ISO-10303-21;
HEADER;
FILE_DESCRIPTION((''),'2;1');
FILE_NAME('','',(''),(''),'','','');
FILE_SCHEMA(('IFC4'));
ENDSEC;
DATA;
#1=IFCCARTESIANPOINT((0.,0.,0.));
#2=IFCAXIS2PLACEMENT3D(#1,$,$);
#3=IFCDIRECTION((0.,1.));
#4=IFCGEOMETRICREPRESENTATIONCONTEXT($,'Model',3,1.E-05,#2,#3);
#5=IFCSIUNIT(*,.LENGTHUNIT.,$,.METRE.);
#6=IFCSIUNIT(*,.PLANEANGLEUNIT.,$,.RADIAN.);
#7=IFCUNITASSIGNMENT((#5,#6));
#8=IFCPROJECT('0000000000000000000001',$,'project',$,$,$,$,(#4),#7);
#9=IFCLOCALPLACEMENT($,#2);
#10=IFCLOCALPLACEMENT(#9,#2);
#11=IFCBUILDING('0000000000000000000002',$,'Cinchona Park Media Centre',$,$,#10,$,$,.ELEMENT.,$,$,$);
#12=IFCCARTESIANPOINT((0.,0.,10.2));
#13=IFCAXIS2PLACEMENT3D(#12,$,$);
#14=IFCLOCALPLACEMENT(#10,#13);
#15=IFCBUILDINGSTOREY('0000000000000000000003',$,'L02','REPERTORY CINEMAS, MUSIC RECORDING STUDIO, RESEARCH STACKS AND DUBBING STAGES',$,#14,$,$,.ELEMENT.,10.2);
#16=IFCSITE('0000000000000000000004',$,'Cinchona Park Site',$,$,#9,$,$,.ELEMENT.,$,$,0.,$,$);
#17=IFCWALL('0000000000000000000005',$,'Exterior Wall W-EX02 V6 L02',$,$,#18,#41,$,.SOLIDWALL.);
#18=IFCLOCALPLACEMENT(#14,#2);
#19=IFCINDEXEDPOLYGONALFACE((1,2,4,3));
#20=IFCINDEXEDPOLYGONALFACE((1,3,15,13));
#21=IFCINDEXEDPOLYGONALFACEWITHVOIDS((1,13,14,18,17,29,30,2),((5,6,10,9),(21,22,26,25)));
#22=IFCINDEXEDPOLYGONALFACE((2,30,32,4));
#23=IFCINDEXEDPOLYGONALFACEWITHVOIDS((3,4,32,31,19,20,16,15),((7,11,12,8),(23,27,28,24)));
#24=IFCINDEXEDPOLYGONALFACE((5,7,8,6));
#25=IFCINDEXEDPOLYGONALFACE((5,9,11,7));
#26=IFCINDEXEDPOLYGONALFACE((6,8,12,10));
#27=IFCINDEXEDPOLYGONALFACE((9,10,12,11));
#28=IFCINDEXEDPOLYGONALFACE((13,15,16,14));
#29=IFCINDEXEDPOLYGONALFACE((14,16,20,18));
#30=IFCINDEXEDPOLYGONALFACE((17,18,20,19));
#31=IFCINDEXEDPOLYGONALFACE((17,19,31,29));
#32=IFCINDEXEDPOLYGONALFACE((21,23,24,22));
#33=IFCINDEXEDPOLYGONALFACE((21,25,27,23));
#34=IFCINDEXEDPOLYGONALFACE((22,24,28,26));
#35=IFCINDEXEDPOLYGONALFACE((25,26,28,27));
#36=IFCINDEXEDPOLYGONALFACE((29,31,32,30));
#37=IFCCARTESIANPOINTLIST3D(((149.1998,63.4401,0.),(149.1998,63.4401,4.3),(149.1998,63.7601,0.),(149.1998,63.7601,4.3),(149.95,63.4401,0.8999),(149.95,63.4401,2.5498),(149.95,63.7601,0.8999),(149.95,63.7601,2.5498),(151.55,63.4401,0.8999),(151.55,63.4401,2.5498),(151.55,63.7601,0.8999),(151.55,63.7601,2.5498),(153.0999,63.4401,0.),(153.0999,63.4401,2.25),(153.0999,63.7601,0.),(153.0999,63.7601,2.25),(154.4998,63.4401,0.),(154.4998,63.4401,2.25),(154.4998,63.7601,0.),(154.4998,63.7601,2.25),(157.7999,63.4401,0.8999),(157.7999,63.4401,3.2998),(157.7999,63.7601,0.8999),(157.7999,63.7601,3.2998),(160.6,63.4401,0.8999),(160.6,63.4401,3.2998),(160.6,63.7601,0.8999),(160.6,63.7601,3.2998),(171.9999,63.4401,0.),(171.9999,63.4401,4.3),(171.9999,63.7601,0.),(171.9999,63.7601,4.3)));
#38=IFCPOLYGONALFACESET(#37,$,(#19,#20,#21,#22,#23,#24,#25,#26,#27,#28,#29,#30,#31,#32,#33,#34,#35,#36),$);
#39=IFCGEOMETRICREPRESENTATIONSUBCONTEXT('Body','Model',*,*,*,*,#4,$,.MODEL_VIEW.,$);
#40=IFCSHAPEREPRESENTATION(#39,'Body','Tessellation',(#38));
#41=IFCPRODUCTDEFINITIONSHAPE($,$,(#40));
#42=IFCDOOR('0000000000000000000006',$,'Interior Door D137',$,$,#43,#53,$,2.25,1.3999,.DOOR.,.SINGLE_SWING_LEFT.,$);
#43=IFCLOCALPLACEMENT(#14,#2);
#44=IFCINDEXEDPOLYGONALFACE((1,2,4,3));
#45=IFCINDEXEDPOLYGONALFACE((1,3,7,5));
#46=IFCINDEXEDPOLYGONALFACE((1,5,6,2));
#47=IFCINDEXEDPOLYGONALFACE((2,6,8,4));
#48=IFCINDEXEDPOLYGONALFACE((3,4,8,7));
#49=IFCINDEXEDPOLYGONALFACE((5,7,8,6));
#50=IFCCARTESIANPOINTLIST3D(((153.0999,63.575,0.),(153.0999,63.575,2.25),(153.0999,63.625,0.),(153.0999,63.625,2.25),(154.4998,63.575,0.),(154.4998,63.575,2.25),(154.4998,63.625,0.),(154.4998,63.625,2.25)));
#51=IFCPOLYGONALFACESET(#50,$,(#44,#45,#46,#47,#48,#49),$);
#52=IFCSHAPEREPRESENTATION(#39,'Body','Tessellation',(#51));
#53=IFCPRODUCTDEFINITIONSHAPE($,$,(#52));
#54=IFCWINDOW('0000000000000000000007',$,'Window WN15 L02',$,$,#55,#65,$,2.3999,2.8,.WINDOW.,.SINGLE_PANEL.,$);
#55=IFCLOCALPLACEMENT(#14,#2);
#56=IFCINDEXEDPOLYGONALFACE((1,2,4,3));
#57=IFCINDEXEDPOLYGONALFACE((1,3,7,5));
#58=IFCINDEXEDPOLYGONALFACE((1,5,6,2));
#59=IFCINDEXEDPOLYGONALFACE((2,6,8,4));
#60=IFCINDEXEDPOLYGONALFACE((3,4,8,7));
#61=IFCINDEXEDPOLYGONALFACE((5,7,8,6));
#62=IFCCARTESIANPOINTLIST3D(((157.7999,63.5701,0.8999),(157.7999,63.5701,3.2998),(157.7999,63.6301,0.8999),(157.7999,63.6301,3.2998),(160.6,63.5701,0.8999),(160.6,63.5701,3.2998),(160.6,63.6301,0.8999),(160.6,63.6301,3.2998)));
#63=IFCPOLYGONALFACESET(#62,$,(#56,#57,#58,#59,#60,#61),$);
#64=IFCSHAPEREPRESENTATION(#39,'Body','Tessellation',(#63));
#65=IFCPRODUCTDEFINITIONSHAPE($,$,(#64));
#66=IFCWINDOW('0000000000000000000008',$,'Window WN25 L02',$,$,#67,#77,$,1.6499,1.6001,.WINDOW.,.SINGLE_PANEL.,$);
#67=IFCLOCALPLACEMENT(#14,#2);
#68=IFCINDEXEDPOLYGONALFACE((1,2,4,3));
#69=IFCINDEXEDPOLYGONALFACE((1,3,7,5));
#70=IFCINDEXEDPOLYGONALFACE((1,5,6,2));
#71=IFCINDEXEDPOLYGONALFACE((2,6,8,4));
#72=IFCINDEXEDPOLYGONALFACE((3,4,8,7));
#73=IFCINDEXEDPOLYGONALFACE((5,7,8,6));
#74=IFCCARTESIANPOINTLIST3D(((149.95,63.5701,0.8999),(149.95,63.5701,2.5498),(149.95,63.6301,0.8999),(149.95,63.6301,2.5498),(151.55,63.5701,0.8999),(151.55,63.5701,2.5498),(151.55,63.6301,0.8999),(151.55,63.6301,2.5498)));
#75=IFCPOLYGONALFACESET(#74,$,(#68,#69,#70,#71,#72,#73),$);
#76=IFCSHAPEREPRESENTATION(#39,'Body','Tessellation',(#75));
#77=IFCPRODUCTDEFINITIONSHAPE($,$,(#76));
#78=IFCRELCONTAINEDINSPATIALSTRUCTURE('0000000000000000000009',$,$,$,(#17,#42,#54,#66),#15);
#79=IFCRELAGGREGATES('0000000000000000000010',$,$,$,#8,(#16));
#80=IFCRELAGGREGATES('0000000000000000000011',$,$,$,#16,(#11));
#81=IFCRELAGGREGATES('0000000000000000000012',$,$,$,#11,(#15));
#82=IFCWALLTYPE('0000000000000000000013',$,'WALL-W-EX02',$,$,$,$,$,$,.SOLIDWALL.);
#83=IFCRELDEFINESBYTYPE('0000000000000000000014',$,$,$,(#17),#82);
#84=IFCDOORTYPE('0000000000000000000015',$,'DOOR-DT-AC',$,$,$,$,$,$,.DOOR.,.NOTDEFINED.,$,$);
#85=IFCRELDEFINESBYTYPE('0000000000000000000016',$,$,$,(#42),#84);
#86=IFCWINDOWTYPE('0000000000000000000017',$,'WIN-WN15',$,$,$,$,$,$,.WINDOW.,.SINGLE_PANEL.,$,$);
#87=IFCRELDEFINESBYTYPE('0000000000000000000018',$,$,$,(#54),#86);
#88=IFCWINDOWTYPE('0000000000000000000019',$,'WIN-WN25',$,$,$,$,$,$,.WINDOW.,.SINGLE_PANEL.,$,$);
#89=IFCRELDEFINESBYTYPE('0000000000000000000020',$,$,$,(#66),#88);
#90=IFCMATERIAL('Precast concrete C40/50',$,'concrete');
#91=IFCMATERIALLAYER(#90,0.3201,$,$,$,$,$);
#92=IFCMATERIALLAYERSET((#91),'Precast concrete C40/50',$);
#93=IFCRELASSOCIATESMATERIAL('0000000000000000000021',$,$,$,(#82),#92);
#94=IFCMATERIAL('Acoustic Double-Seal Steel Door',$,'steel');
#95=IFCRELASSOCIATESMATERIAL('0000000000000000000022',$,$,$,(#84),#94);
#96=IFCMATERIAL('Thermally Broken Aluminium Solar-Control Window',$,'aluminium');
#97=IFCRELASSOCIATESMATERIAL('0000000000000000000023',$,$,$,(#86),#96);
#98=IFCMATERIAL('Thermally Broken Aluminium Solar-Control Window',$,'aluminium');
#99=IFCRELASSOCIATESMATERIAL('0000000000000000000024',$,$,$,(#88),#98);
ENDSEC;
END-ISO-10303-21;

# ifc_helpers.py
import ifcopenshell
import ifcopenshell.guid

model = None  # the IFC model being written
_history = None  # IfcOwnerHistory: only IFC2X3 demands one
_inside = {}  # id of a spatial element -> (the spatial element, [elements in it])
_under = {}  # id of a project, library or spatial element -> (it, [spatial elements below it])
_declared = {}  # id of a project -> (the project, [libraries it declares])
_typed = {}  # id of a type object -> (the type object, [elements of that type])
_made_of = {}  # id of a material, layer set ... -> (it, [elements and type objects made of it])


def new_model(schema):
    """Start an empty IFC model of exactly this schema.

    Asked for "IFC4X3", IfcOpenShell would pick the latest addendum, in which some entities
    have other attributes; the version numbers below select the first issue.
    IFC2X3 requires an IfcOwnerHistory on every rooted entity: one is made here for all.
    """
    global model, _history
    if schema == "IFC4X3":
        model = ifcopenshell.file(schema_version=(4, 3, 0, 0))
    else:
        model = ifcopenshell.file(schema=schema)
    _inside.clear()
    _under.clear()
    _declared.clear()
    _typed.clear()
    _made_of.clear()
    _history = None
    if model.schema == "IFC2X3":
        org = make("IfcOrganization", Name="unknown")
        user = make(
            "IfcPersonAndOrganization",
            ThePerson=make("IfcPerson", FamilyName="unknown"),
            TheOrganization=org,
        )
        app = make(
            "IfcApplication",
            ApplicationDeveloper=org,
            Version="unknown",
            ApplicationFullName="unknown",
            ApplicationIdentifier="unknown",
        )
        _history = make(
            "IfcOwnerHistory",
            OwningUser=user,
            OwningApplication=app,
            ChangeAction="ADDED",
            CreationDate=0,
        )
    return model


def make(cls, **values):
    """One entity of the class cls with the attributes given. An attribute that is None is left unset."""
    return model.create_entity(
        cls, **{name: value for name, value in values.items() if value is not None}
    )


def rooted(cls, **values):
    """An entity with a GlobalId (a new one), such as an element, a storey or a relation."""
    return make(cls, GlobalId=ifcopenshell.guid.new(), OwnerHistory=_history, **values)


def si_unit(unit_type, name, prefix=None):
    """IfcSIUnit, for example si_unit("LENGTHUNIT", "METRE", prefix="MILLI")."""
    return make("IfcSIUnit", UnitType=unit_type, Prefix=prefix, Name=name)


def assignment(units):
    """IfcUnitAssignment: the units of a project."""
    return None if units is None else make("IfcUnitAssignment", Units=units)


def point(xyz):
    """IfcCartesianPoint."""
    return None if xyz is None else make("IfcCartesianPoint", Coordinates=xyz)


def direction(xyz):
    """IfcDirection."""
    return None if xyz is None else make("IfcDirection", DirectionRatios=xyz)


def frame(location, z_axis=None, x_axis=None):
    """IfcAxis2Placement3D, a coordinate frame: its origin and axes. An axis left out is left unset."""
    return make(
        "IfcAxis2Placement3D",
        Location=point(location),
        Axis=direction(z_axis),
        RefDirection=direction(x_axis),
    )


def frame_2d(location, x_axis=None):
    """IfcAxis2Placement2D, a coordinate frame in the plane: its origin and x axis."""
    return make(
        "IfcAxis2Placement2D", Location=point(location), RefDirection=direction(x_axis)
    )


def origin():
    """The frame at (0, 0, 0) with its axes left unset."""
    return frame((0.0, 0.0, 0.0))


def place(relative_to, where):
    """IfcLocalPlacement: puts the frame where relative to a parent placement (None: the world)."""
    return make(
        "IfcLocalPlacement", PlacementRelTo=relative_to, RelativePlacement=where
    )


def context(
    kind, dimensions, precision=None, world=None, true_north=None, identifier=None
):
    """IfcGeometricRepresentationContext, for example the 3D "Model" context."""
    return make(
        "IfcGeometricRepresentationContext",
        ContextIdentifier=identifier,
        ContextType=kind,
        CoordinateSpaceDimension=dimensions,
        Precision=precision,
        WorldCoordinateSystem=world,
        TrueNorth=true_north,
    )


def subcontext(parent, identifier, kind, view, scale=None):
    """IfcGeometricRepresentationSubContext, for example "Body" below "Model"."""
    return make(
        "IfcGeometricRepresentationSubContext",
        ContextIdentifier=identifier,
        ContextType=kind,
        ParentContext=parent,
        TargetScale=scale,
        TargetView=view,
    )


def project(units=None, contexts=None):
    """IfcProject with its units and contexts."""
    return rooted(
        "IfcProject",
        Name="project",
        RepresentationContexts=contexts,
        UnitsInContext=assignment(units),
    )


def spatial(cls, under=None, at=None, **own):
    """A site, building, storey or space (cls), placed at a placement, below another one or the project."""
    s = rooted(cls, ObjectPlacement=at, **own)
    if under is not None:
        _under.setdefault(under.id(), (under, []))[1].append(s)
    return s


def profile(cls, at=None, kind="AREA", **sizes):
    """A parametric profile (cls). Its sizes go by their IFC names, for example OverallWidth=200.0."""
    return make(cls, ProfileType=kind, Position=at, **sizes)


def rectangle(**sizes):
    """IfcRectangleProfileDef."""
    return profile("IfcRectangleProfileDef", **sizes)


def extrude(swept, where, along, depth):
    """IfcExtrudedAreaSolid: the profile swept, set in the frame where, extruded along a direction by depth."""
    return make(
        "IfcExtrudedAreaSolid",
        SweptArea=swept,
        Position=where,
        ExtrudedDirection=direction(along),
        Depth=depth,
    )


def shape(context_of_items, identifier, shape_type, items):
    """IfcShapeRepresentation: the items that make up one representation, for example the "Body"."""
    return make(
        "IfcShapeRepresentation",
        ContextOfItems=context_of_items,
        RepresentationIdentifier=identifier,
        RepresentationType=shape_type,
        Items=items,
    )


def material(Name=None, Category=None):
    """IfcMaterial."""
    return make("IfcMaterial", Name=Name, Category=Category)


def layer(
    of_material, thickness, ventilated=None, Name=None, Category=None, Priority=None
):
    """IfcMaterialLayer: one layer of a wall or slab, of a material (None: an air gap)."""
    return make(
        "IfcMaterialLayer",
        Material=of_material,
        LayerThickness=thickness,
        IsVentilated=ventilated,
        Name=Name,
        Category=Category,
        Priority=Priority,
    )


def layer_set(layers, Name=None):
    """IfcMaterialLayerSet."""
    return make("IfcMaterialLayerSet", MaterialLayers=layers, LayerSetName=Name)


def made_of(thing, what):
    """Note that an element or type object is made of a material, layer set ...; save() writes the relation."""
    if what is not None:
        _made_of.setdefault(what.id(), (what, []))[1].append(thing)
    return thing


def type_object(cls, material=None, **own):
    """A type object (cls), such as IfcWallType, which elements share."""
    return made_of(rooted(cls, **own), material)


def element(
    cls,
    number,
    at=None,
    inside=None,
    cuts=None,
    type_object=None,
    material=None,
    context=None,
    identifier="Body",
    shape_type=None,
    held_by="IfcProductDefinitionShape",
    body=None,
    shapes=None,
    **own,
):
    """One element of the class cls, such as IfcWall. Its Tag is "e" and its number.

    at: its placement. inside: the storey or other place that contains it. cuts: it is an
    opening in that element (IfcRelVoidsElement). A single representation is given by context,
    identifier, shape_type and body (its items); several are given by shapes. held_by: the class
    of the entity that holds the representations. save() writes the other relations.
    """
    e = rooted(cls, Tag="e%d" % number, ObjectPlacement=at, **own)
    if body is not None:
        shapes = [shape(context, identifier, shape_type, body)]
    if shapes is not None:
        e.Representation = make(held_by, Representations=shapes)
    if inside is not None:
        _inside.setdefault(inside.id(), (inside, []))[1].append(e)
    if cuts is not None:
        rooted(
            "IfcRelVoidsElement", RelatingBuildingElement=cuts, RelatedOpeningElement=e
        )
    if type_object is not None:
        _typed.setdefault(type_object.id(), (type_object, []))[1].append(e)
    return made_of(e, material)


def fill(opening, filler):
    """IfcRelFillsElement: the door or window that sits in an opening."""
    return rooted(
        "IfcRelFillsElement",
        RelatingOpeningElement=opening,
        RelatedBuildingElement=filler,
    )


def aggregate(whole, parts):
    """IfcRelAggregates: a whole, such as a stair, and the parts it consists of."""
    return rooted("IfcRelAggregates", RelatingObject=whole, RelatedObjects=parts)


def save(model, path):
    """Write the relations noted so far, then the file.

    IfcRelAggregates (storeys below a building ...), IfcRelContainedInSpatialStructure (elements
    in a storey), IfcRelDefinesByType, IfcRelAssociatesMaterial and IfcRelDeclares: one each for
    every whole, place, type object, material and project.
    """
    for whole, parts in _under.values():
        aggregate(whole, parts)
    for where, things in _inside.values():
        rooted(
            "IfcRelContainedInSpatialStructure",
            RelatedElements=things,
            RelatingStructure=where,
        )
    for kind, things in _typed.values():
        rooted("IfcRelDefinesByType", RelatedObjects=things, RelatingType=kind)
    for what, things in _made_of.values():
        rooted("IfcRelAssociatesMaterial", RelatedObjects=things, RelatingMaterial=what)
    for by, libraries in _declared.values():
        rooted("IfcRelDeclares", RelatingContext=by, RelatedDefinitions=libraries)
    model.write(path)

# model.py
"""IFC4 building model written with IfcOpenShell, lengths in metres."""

from ifc_helpers import new_model, si_unit, direction, frame, frame_2d, origin, place, context, subcontext, project, spatial, rectangle, extrude, material, layer, layer_set, type_object, element, fill, save


model = new_model("IFC4")

# Units and contexts
model_context = context("Model", 3, precision=1e-05, world=origin(), true_north=direction((0.0, 1.0)))
body_context = subcontext(model_context, "Body", "Model", "MODEL_VIEW")
ifc_project = project(units=[si_unit("LENGTHUNIT", "METRE"), si_unit("PLANEANGLEUNIT", "RADIAN")], contexts=[model_context])

# Site, building, storey
site_placement = place(None, origin())
site = spatial("IfcSite", under=ifc_project, at=site_placement, Name="Cinchona Park Site", CompositionType="ELEMENT", RefElevation=0.0)
building_placement = place(site_placement, origin())
building = spatial("IfcBuilding", under=site, at=building_placement, Name="Cinchona Park Media Centre", CompositionType="ELEMENT")
storey_placement = place(building_placement, frame((0.0, 0.0, 10.2)))
storey = spatial("IfcBuildingStorey", under=building, at=storey_placement, Name="L02", Description="REPERTORY CINEMAS, MUSIC RECORDING STUDIO, RESEARCH STACKS AND DUBBING STAGES", CompositionType="ELEMENT", Elevation=10.2)

# Wall, openings, door, windows
ifc_material_1 = material(Name="Precast concrete C40/50", Category="concrete")
ifc_layer = layer(ifc_material_1, 0.3201)
ifc_layer_set = layer_set([ifc_layer], Name="Precast concrete C40/50")
wall_type = type_object("IfcWallType", Name="WALL-W-EX02", PredefinedType="SOLIDWALL", material=ifc_layer_set)
wall_placement = place(storey_placement, frame((149.2, 63.6001, 0.0), z_axis=(0.0, 0.0, 1.0), x_axis=(1.0, 0.0, 0.0)))
wall = element("IfcWall", 1, at=wall_placement, inside=storey, type_object=wall_type, Name="Exterior Wall W-EX02 V6 L02", PredefinedType="SOLIDWALL", context=body_context, shape_type="SweptSolid", body=[
    extrude(rectangle(XDim=22.8, YDim=0.3201, at=frame_2d((11.3999, 0.0))), origin(), (0.0, 0.0, 1.0), 4.3),
])
opening_1_placement = place(wall_placement, frame((0.75, 0.0, 0.8999)))
opening_1 = element("IfcOpeningElement", 2, at=opening_1_placement, cuts=wall, PredefinedType="OPENING", context=body_context, shape_type="SweptSolid", body=[
    extrude(rectangle(XDim=1.6001, YDim=1.6499, at=frame_2d((0.8, 0.825))), frame((0.0, 0.1699, 0.0), z_axis=(0.0, -1.0, 0.0), x_axis=(1.0, 0.0, 0.0)), (0.0, 0.0, 1.0), 0.3401),
])
opening_2_placement = place(wall_placement, frame((8.6001, 0.0, 0.8999)))
opening_2 = element("IfcOpeningElement", 3, at=opening_2_placement, cuts=wall, PredefinedType="OPENING", context=body_context, shape_type="SweptSolid", body=[
    extrude(rectangle(XDim=2.8, YDim=2.3999, at=frame_2d((1.3999, 1.2))), frame((0.0, 0.1699, 0.0), z_axis=(0.0, -1.0, 0.0), x_axis=(1.0, 0.0, 0.0)), (0.0, 0.0, 1.0), 0.3401),
])
opening_3_placement = place(wall_placement, frame((3.8999, 0.0, 0.0)))
opening_3 = element("IfcOpeningElement", 4, at=opening_3_placement, cuts=wall, PredefinedType="OPENING", context=body_context, shape_type="SweptSolid", body=[
    extrude(rectangle(XDim=1.3999, YDim=2.25, at=frame_2d((0.7, 1.125))), frame((0.0, 0.1699, 0.0), z_axis=(0.0, -1.0, 0.0), x_axis=(1.0, 0.0, 0.0)), (0.0, 0.0, 1.0), 0.3401),
])
ifc_material_2 = material(Name="Acoustic Double-Seal Steel Door", Category="steel")
door_type = type_object("IfcDoorType", Name="DOOR-DT-AC", OperationType="NOTDEFINED", PredefinedType="DOOR", material=ifc_material_2)
door_placement = place(opening_3_placement, origin())
door = element("IfcDoor", 5, at=door_placement, inside=storey, type_object=door_type, Name="Interior Door D137", OperationType="SINGLE_SWING_LEFT", OverallHeight=2.25, OverallWidth=1.3999, PredefinedType="DOOR", context=body_context, shape_type="SweptSolid", body=[
    extrude(rectangle(XDim=1.3999, YDim=2.25, at=frame_2d((0.7, 1.125))), frame((0.0, 0.0249, 0.0), z_axis=(0.0, -1.0, 0.0), x_axis=(1.0, 0.0, 0.0)), (0.0, 0.0, 1.0), 0.05),
])
fill(opening_3, door)
ifc_material_3 = material(Name="Thermally Broken Aluminium Solar-Control Window", Category="aluminium")
window_type_1 = type_object("IfcWindowType", Name="WIN-WN15", PartitioningType="SINGLE_PANEL", PredefinedType="WINDOW", material=ifc_material_3)
window_1_placement = place(opening_2_placement, origin())
window_1 = element("IfcWindow", 6, at=window_1_placement, inside=storey, type_object=window_type_1, Name="Window WN15 L02", OverallHeight=2.3999, OverallWidth=2.8, PartitioningType="SINGLE_PANEL", PredefinedType="WINDOW", context=body_context, shape_type="SweptSolid", body=[
    extrude(rectangle(XDim=2.8, YDim=2.3999, at=frame_2d((1.3999, 1.2))), frame((0.0, 0.03, 0.0), z_axis=(0.0, -1.0, 0.0), x_axis=(1.0, 0.0, 0.0)), (0.0, 0.0, 1.0), 0.0601),
])
fill(opening_2, window_1)
ifc_material_4 = material(Name="Thermally Broken Aluminium Solar-Control Window", Category="aluminium")
window_type_2 = type_object("IfcWindowType", Name="WIN-WN25", PartitioningType="SINGLE_PANEL", PredefinedType="WINDOW", material=ifc_material_4)
window_2_placement = place(opening_1_placement, origin())
window_2 = element("IfcWindow", 7, at=window_2_placement, inside=storey, type_object=window_type_2, Name="Window WN25 L02", OverallHeight=1.6499, OverallWidth=1.6001, PartitioningType="SINGLE_PANEL", PredefinedType="WINDOW", context=body_context, shape_type="SweptSolid", body=[
    extrude(rectangle(XDim=1.6001, YDim=1.6499, at=frame_2d((0.8, 0.825))), frame((0.0, 0.03, 0.0), z_axis=(0.0, -1.0, 0.0), x_axis=(1.0, 0.0, 0.0)), (0.0, 0.0, 1.0), 0.0601),
])
fill(opening_1, window_2)

save(model, "model.ifc")
